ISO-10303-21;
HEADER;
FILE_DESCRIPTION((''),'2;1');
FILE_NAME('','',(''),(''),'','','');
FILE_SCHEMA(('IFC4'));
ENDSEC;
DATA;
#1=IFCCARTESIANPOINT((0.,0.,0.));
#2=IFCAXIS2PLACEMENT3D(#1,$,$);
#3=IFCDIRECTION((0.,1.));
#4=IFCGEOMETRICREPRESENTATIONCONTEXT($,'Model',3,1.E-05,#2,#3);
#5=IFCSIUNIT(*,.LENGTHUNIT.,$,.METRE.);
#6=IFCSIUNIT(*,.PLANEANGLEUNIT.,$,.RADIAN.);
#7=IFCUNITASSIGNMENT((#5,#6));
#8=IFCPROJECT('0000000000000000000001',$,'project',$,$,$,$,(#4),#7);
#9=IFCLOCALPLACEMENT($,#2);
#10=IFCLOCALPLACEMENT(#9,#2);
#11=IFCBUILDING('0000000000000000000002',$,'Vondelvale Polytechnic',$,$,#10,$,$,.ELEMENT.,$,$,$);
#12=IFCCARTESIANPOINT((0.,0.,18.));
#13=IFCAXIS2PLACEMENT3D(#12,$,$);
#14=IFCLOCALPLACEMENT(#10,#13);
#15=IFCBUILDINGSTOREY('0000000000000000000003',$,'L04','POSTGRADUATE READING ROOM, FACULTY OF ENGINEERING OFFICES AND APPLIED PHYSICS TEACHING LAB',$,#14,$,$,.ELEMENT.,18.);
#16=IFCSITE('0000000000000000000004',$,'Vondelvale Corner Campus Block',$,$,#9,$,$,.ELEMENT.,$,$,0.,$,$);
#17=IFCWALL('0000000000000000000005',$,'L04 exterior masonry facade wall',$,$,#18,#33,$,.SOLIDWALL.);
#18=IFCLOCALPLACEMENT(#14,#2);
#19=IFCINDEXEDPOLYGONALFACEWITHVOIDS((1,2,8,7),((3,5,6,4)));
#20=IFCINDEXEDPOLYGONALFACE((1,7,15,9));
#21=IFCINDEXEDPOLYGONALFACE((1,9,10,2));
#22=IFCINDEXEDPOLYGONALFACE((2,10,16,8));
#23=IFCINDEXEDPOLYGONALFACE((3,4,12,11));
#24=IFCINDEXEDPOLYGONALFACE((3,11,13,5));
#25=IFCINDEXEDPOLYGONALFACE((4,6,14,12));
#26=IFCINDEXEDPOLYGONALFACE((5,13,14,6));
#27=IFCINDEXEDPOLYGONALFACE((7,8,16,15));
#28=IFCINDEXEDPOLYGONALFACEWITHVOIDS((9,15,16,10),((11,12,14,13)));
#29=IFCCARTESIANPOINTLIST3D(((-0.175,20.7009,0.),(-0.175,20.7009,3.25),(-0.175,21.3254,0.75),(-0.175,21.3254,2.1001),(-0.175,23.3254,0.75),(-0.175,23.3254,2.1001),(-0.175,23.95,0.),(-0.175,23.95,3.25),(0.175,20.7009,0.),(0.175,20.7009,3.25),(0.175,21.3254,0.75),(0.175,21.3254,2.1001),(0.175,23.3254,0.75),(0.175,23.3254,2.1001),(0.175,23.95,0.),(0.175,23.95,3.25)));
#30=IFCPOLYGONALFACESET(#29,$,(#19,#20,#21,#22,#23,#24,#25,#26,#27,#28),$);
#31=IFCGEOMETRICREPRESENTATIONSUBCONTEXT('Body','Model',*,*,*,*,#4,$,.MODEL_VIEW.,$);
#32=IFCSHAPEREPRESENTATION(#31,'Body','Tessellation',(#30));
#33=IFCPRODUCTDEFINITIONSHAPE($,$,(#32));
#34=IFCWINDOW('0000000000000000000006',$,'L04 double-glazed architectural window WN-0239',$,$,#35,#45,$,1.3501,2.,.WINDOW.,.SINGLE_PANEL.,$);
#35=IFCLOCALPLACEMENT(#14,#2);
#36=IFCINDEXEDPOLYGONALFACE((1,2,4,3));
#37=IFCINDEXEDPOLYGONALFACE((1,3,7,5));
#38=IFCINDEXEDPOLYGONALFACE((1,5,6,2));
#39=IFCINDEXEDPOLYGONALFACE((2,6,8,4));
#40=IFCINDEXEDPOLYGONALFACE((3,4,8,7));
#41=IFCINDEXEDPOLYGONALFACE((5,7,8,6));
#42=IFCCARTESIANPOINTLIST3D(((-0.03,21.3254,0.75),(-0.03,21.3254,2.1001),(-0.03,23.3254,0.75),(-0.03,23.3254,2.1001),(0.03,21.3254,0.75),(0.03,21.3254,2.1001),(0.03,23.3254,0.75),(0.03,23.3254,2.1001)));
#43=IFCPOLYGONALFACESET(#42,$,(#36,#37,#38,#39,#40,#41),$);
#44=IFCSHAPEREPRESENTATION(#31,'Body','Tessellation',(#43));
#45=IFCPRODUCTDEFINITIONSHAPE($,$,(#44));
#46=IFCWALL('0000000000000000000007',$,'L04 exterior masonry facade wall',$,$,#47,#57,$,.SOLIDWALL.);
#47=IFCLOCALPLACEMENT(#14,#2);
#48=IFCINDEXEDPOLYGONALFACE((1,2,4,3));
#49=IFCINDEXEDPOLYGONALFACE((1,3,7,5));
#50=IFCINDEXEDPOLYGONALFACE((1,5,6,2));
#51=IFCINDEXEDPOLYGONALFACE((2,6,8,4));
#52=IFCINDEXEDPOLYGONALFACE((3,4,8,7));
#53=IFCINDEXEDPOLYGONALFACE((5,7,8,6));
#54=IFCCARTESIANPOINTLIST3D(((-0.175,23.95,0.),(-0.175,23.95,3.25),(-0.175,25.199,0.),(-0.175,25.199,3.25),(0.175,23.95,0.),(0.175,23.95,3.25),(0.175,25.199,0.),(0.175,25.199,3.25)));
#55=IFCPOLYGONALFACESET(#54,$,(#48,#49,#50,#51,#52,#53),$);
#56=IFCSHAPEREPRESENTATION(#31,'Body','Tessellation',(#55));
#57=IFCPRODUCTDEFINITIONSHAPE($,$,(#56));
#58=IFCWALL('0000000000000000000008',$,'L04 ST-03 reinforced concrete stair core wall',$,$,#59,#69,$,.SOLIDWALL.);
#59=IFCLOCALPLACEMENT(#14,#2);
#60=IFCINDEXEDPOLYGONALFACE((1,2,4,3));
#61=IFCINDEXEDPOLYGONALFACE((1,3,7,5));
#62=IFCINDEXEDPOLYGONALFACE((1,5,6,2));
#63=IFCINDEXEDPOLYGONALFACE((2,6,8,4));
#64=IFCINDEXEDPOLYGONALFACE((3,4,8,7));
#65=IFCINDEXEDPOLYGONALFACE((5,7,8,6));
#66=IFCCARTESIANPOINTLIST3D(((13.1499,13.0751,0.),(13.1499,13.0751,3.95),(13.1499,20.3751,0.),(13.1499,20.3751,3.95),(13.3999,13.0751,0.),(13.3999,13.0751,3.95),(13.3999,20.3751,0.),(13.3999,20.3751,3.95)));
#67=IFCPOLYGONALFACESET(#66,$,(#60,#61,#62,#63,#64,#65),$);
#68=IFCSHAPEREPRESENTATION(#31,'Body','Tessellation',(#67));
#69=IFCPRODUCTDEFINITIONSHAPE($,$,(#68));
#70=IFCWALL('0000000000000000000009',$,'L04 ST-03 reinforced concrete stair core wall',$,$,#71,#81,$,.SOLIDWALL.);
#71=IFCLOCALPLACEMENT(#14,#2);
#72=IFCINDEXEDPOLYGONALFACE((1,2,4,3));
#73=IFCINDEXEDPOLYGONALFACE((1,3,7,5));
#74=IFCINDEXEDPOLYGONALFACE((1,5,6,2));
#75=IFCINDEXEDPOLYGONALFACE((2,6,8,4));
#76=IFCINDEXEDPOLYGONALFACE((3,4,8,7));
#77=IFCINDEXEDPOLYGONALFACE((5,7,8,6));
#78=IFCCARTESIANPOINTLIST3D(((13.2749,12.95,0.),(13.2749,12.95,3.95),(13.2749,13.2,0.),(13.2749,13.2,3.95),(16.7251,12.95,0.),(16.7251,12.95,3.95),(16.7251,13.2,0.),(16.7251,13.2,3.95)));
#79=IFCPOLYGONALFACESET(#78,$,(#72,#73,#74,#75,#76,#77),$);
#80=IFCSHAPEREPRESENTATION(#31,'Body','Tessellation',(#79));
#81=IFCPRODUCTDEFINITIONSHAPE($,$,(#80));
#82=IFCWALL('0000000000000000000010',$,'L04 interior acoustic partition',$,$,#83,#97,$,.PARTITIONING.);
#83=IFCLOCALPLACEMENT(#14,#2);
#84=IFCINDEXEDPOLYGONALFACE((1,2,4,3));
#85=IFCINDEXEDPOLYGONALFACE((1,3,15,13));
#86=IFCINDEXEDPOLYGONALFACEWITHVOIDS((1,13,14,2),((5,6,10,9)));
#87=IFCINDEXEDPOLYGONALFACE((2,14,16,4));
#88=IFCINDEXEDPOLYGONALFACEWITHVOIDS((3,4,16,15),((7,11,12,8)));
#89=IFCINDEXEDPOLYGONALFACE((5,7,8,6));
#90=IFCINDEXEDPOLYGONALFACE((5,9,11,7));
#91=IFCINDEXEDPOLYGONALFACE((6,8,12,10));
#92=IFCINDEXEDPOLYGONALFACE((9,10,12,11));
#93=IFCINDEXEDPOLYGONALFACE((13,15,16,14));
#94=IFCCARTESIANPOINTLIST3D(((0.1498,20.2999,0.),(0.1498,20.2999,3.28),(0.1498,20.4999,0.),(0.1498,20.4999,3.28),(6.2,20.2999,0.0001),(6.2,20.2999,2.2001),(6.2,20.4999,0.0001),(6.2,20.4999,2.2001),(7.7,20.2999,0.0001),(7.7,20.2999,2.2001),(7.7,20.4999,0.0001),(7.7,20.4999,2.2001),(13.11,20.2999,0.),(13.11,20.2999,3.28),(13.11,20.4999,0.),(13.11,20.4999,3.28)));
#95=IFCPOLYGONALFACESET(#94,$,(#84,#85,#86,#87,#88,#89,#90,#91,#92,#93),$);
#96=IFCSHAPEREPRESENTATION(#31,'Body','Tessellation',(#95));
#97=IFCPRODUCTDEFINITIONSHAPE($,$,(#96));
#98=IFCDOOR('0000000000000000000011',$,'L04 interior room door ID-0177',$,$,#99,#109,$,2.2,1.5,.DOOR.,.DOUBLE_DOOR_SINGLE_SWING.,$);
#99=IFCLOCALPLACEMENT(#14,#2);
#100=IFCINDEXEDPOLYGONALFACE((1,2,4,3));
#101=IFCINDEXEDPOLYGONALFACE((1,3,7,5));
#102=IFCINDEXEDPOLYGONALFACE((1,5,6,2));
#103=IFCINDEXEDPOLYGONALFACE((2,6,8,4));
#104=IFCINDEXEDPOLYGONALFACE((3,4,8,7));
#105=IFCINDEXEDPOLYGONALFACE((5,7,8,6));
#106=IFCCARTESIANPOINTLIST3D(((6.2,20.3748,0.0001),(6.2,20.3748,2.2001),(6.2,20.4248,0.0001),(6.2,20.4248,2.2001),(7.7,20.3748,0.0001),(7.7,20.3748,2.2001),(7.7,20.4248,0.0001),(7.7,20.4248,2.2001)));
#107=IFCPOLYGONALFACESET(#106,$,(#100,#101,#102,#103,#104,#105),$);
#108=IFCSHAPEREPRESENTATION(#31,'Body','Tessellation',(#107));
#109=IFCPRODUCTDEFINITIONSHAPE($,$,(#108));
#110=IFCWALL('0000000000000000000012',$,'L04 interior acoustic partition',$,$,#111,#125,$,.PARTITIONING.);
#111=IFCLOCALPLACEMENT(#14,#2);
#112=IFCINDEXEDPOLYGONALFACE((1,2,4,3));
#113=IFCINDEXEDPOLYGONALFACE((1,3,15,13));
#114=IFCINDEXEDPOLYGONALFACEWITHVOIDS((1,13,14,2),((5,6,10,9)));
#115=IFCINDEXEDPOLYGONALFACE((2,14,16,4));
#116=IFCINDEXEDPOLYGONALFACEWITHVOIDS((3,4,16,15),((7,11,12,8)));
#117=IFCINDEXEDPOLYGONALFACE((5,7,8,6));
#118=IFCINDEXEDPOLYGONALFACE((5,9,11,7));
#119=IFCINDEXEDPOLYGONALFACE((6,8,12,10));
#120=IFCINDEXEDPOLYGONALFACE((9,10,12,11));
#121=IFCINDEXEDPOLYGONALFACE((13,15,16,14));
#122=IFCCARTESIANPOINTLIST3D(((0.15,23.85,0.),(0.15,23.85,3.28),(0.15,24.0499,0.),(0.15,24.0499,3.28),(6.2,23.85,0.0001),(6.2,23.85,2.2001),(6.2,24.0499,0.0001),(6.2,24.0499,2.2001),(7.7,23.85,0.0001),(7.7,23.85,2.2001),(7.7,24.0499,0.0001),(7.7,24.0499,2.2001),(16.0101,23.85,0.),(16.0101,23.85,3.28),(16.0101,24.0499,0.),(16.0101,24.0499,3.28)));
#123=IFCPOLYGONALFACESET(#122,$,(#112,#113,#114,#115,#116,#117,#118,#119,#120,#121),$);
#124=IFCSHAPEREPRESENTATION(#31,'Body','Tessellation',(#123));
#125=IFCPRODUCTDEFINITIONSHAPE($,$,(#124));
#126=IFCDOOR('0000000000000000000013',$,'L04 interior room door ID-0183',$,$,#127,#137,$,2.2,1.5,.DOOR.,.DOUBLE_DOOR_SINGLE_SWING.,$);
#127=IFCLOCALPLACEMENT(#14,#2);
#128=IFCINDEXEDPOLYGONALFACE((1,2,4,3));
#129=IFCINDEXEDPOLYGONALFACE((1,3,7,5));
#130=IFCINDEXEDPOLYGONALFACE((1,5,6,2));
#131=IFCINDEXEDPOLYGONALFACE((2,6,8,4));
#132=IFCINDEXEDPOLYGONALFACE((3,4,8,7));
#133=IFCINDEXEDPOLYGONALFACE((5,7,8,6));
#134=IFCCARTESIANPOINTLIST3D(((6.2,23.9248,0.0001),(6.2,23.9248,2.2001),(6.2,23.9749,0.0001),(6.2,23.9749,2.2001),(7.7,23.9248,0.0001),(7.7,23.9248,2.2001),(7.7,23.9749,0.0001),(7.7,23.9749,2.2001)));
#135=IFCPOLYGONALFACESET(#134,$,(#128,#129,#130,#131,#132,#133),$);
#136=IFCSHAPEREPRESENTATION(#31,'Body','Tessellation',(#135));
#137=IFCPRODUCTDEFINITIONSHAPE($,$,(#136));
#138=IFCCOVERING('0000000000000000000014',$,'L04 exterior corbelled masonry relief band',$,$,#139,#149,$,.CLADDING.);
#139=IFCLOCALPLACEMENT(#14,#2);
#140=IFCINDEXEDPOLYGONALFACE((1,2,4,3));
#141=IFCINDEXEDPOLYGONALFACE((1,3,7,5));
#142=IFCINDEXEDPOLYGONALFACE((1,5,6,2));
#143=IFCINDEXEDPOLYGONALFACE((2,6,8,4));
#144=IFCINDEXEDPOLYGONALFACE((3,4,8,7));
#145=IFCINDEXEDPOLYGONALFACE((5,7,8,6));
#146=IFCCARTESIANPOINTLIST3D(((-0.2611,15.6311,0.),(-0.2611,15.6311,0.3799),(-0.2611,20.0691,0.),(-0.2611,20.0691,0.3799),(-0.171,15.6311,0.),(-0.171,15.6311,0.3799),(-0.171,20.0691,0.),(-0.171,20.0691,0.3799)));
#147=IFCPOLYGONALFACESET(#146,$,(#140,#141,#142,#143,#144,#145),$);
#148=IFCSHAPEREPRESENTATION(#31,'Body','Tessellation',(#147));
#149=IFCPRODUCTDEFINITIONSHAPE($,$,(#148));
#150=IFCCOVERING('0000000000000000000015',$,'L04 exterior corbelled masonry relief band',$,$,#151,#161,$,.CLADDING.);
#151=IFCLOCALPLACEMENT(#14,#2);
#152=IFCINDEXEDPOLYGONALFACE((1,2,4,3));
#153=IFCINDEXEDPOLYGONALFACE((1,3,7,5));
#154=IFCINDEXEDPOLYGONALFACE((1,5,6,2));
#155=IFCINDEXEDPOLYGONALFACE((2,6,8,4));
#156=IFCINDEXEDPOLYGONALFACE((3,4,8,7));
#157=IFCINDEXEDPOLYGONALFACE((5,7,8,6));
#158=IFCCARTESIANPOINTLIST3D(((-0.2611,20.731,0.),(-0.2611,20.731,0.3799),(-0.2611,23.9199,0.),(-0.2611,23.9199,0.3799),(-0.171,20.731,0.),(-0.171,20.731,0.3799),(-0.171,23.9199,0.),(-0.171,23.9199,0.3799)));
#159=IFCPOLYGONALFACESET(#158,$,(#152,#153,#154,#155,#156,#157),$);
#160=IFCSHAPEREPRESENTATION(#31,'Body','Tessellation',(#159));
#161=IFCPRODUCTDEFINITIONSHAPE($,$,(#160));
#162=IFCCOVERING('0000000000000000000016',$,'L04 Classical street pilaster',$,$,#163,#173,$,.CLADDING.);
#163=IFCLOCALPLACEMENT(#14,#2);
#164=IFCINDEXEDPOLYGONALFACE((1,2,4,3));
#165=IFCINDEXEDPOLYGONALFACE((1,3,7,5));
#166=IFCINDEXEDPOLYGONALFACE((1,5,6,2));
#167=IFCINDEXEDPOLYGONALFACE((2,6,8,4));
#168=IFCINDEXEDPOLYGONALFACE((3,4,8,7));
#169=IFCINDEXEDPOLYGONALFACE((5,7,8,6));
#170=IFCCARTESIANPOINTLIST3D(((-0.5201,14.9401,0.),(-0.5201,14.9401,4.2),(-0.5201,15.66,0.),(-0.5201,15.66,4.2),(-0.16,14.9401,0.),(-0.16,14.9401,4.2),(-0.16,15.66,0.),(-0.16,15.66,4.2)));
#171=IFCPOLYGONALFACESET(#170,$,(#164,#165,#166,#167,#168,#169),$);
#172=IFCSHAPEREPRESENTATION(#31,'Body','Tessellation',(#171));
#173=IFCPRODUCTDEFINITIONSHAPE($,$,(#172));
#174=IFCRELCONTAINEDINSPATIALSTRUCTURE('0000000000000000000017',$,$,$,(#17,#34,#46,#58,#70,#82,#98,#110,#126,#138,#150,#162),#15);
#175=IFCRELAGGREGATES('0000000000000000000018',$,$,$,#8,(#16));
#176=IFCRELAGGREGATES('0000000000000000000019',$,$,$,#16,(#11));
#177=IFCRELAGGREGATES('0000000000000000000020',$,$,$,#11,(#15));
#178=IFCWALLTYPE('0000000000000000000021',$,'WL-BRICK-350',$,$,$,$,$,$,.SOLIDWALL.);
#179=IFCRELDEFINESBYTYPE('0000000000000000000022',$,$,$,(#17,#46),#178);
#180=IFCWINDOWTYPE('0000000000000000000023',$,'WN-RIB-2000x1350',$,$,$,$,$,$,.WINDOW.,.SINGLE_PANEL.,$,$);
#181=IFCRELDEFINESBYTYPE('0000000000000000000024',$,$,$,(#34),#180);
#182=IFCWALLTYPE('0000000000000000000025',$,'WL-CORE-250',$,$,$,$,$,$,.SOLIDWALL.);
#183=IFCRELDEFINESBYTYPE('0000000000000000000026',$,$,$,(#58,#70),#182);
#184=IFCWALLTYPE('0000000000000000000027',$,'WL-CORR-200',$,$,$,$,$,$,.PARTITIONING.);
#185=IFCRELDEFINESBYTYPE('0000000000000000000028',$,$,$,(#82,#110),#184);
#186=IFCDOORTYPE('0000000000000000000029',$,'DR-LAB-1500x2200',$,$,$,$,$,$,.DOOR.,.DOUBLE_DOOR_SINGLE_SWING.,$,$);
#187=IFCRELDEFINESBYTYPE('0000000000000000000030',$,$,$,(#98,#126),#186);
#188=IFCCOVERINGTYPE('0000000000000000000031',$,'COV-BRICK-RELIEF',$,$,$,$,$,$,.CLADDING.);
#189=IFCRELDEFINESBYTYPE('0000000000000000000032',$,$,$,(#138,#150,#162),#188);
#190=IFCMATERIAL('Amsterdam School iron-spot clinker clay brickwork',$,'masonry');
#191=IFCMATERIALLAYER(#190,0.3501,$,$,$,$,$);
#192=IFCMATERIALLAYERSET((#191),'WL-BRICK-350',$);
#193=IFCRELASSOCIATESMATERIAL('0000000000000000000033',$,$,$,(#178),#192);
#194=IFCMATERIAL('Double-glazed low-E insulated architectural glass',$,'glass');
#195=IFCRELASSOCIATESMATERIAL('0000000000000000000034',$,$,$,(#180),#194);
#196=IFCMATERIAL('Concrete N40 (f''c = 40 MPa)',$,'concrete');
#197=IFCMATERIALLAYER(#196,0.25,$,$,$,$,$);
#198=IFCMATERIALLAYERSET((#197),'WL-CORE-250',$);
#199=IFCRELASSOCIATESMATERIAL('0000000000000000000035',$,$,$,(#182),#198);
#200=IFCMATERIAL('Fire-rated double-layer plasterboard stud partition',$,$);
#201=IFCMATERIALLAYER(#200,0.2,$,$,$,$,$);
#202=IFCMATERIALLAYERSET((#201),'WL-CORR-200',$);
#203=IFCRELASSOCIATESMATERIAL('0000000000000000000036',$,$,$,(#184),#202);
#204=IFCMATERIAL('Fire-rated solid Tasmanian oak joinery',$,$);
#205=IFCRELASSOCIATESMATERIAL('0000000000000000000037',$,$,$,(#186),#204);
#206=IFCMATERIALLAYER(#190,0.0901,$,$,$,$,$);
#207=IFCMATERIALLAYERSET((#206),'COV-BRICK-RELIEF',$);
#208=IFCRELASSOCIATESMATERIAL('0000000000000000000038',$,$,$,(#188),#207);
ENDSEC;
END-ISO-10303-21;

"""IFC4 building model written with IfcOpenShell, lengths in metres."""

from ifc_helpers import new_model, si_unit, direction, frame, frame_2d, origin, origin_2d, place, context, subcontext, project, spatial, rectangle, extrude, material, layer, layer_set, type_object, element, fill, save


model = new_model("IFC4")

# Units and contexts
model_context = context("Model", 3, precision=1e-05, world=origin(), true_north=direction((0.0, 1.0)))
body_context = subcontext(model_context, "Body", "Model", "MODEL_VIEW")
ifc_project = project(units=[si_unit("LENGTHUNIT", "METRE"), si_unit("PLANEANGLEUNIT", "RADIAN")], contexts=[model_context])

# Site, building, storey
site_placement = place(None, origin())
site = spatial("IfcSite", under=ifc_project, at=site_placement, Name="Vondelvale Corner Campus Block", CompositionType="ELEMENT", RefElevation=0.0)
building_placement = place(site_placement, origin())
building = spatial("IfcBuilding", under=site, at=building_placement, Name="Vondelvale Polytechnic", CompositionType="ELEMENT")
storey_placement = place(building_placement, frame((0.0, 0.0, 18.0)))
storey = spatial("IfcBuildingStorey", under=building, at=storey_placement, Name="L04", Description="POSTGRADUATE READING ROOM, FACULTY OF ENGINEERING OFFICES AND APPLIED PHYSICS TEACHING LAB", CompositionType="ELEMENT", Elevation=18.0)

# Shared definitions
ifc_material_1 = material(Name="Concrete N40 (f'c = 40 MPa)", Category="concrete")

# Wall, opening, window
ifc_material_2 = material(Name="Amsterdam School iron-spot clinker clay brickwork", Category="masonry")
ifc_layer_1 = layer(ifc_material_2, 0.3501)
ifc_layer_set_1 = layer_set([ifc_layer_1], Name="WL-BRICK-350")
wall_type_1 = type_object("IfcWallType", Name="WL-BRICK-350", PredefinedType="SOLIDWALL", material=ifc_layer_set_1)
ifc_material_3 = material(Name="Double-glazed low-E insulated architectural glass", Category="glass")
wall_1_placement = place(storey_placement, frame((0.0, 20.7009, 0.0), z_axis=(0.0, 0.0, 1.0), x_axis=(0.0, 1.0, 0.0)))
wall_1 = element("IfcWall", 1, at=wall_1_placement, inside=storey, type_object=wall_type_1, Name="L04 exterior masonry facade wall", PredefinedType="SOLIDWALL", context=body_context, shape_type="SweptSolid", body=[
    extrude(rectangle(XDim=3.249, YDim=0.3501, at=frame_2d((1.6245, 0.0))), origin(), (0.0, 0.0, 1.0), 3.25),
])
opening_1_placement = place(wall_1_placement, frame((0.6245, 0.0, 0.75)))
opening_1 = element("IfcOpeningElement", 2, at=opening_1_placement, cuts=wall_1, PredefinedType="OPENING", context=body_context, shape_type="SweptSolid", body=[
    extrude(rectangle(XDim=2.0, YDim=1.3501, at=frame_2d((1.0, 0.675))), frame((0.0, 0.1851, 0.0), z_axis=(0.0, -1.0, 0.0), x_axis=(1.0, 0.0, 0.0)), (0.0, 0.0, 1.0), 0.3701),
])
window_type_1 = type_object("IfcWindowType", Name="WN-RIB-2000x1350", PartitioningType="SINGLE_PANEL", PredefinedType="WINDOW", material=ifc_material_3)
window_1_placement = place(opening_1_placement, origin())
window_1 = element("IfcWindow", 3, at=window_1_placement, inside=storey, type_object=window_type_1, Name="L04 double-glazed architectural window WN-0239", OverallHeight=1.3501, OverallWidth=2.0, PartitioningType="SINGLE_PANEL", PredefinedType="WINDOW", context=body_context, shape_type="SweptSolid", body=[
    extrude(rectangle(XDim=2.0, YDim=1.3501, at=frame_2d((1.0, 0.675))), frame((0.0, 0.03, 0.0), z_axis=(0.0, -1.0, 0.0), x_axis=(1.0, 0.0, 0.0)), (0.0, 0.0, 1.0), 0.0601),
])
fill(opening_1, window_1)

# Walls
wall_2_placement = place(storey_placement, frame((0.0, 23.95, 0.0), z_axis=(0.0, 0.0, 1.0), x_axis=(0.0, 1.0, 0.0)))
element("IfcWall", 4, at=wall_2_placement, inside=storey, type_object=wall_type_1, Name="L04 exterior masonry facade wall", PredefinedType="SOLIDWALL", context=body_context, shape_type="SweptSolid", body=[
    extrude(rectangle(XDim=1.249, YDim=0.3501, at=frame_2d((0.6245, 0.0))), origin(), (0.0, 0.0, 1.0), 3.25),
])
ifc_layer_2 = layer(ifc_material_1, 0.25)
ifc_layer_set_2 = layer_set([ifc_layer_2], Name="WL-CORE-250")
wall_type_2 = type_object("IfcWallType", Name="WL-CORE-250", PredefinedType="SOLIDWALL", material=ifc_layer_set_2)
wall_3_placement = place(storey_placement, frame((13.2749, 20.375, 0.0), z_axis=(0.0, 0.0, 1.0), x_axis=(0.0, -1.0, 0.0)))
element("IfcWall", 5, at=wall_3_placement, inside=storey, type_object=wall_type_2, Name="L04 ST-03 reinforced concrete stair core wall", PredefinedType="SOLIDWALL", context=body_context, shape_type="SweptSolid", body=[
    extrude(rectangle(XDim=7.3, YDim=0.25, at=frame_2d((3.6499, 0.0))), origin(), (0.0, 0.0, 1.0), 3.95),
])
wall_4_placement = place(storey_placement, frame((13.2749, 13.075, 0.0), z_axis=(0.0, 0.0, 1.0), x_axis=(1.0, 0.0, 0.0)))
element("IfcWall", 6, at=wall_4_placement, inside=storey, type_object=wall_type_2, Name="L04 ST-03 reinforced concrete stair core wall", PredefinedType="SOLIDWALL", context=body_context, shape_type="SweptSolid", body=[
    extrude(rectangle(XDim=3.4502, YDim=0.25, at=frame_2d((1.7251, 0.0))), origin(), (0.0, 0.0, 1.0), 3.95),
])

# Walls, openings, doors
ifc_material_4 = material(Name="Fire-rated double-layer plasterboard stud partition")
ifc_layer_3 = layer(ifc_material_4, 0.2)
ifc_layer_set_3 = layer_set([ifc_layer_3], Name="WL-CORR-200")
wall_type_3 = type_object("IfcWallType", Name="WL-CORR-200", PredefinedType="PARTITIONING", material=ifc_layer_set_3)
wall_5_placement = place(storey_placement, frame((0.1499, 20.3999, 0.0), z_axis=(0.0, 0.0, 1.0), x_axis=(1.0, 0.0, 0.0)))
wall_5 = element("IfcWall", 7, at=wall_5_placement, inside=storey, type_object=wall_type_3, Name="L04 interior acoustic partition", PredefinedType="PARTITIONING", context=body_context, shape_type="SweptSolid", body=[
    extrude(rectangle(XDim=12.9602, YDim=0.2, at=frame_2d((6.48, 0.0))), origin(), (0.0, 0.0, 1.0), 3.28),
])
opening_2_placement = place(wall_5_placement, frame((6.05, 0.0, 0.0)))
opening_2 = element("IfcOpeningElement", 8, at=opening_2_placement, cuts=wall_5, PredefinedType="OPENING", context=body_context, shape_type="SweptSolid", body=[
    extrude(rectangle(XDim=1.5, YDim=2.2, at=frame_2d((0.75, 1.1001))), frame((0.0, 0.1099, 0.0), z_axis=(0.0, -1.0, 0.0), x_axis=(1.0, 0.0, 0.0)), (0.0, 0.0, 1.0), 0.22),
])
ifc_material_5 = material(Name="Fire-rated solid Tasmanian oak joinery")
door_type = type_object("IfcDoorType", Name="DR-LAB-1500x2200", OperationType="DOUBLE_DOOR_SINGLE_SWING", PredefinedType="DOOR", material=ifc_material_5)
door_1_placement = place(opening_2_placement, origin())
door_1 = element("IfcDoor", 9, at=door_1_placement, inside=storey, type_object=door_type, Name="L04 interior room door ID-0177", OperationType="DOUBLE_DOOR_SINGLE_SWING", OverallHeight=2.2, OverallWidth=1.5, PredefinedType="DOOR", context=body_context, shape_type="SweptSolid", body=[
    extrude(rectangle(XDim=1.5, YDim=2.2, at=frame_2d((0.75, 1.1001))), frame((0.0, 0.0249, 0.0), z_axis=(0.0, -1.0, 0.0), x_axis=(1.0, 0.0, 0.0)), (0.0, 0.0, 1.0), 0.05),
])
fill(opening_2, door_1)
wall_6_placement = place(storey_placement, frame((0.1499, 23.95, 0.0), z_axis=(0.0, 0.0, 1.0), x_axis=(1.0, 0.0, 0.0)))
wall_6 = element("IfcWall", 10, at=wall_6_placement, inside=storey, type_object=wall_type_3, Name="L04 interior acoustic partition", PredefinedType="PARTITIONING", context=body_context, shape_type="SweptSolid", body=[
    extrude(rectangle(XDim=15.8601, YDim=0.2, at=frame_2d((7.9302, 0.0))), origin(), (0.0, 0.0, 1.0), 3.28),
])
opening_3_placement = place(wall_6_placement, frame((6.05, 0.0, 0.0)))
opening_3 = element("IfcOpeningElement", 11, at=opening_3_placement, cuts=wall_6, PredefinedType="OPENING", context=body_context, shape_type="SweptSolid", body=[
    extrude(rectangle(XDim=1.5, YDim=2.2, at=frame_2d((0.75, 1.1001))), frame((0.0, 0.1099, 0.0), z_axis=(0.0, -1.0, 0.0), x_axis=(1.0, 0.0, 0.0)), (0.0, 0.0, 1.0), 0.22),
])
door_2_placement = place(opening_3_placement, origin())
door_2 = element("IfcDoor", 12, at=door_2_placement, inside=storey, type_object=door_type, Name="L04 interior room door ID-0183", OperationType="DOUBLE_DOOR_SINGLE_SWING", OverallHeight=2.2, OverallWidth=1.5, PredefinedType="DOOR", context=body_context, shape_type="SweptSolid", body=[
    extrude(rectangle(XDim=1.5, YDim=2.2, at=frame_2d((0.75, 1.1001))), frame((0.0, 0.0249, 0.0), z_axis=(0.0, -1.0, 0.0), x_axis=(1.0, 0.0, 0.0)), (0.0, 0.0, 1.0), 0.05),
])
fill(opening_3, door_2)

# Coverings
ifc_layer_4 = layer(ifc_material_2, 0.0901)
ifc_layer_set_4 = layer_set([ifc_layer_4], Name="COV-BRICK-RELIEF")
covering_type = type_object("IfcCoveringType", Name="COV-BRICK-RELIEF", PredefinedType="CLADDING", material=ifc_layer_set_4)
covering_1_placement = place(storey_placement, frame((-0.2161, 17.8501, 0.0), z_axis=(0.0, 0.0, 1.0), x_axis=(0.0, 1.0, 0.0)))
element("IfcCovering", 13, at=covering_1_placement, inside=storey, type_object=covering_type, Name="L04 exterior corbelled masonry relief band", PredefinedType="CLADDING", context=body_context, shape_type="SweptSolid", body=[
    extrude(rectangle(XDim=4.438, YDim=0.0901, at=origin_2d()), origin(), (0.0, 0.0, 1.0), 0.3799),
])
covering_2_placement = place(storey_placement, frame((-0.2161, 22.3254, 0.0), z_axis=(0.0, 0.0, 1.0), x_axis=(0.0, 1.0, 0.0)))
element("IfcCovering", 14, at=covering_2_placement, inside=storey, type_object=covering_type, Name="L04 exterior corbelled masonry relief band", PredefinedType="CLADDING", context=body_context, shape_type="SweptSolid", body=[
    extrude(rectangle(XDim=3.189, YDim=0.0901, at=origin_2d()), origin(), (0.0, 0.0, 1.0), 0.3799),
])
for number, where, z_axis, x_axis, name in (
    (15, (-0.3401, 15.3, 0.0), (0.0, 0.0, 1.0), (1.0, 0.0, 0.0), "L04 Classical street pilaster"),
):
    element("IfcCovering", number, at=place(storey_placement, frame(where, z_axis=z_axis, x_axis=x_axis)), inside=storey, type_object=covering_type, Name=name, PredefinedType="CLADDING", context=body_context, shape_type="SweptSolid", body=[
        extrude(rectangle(XDim=0.3601, YDim=0.72, at=origin_2d()), origin(), (0.0, 0.0, 1.0), 4.2),
    ])

save(model, "model.ifc")
